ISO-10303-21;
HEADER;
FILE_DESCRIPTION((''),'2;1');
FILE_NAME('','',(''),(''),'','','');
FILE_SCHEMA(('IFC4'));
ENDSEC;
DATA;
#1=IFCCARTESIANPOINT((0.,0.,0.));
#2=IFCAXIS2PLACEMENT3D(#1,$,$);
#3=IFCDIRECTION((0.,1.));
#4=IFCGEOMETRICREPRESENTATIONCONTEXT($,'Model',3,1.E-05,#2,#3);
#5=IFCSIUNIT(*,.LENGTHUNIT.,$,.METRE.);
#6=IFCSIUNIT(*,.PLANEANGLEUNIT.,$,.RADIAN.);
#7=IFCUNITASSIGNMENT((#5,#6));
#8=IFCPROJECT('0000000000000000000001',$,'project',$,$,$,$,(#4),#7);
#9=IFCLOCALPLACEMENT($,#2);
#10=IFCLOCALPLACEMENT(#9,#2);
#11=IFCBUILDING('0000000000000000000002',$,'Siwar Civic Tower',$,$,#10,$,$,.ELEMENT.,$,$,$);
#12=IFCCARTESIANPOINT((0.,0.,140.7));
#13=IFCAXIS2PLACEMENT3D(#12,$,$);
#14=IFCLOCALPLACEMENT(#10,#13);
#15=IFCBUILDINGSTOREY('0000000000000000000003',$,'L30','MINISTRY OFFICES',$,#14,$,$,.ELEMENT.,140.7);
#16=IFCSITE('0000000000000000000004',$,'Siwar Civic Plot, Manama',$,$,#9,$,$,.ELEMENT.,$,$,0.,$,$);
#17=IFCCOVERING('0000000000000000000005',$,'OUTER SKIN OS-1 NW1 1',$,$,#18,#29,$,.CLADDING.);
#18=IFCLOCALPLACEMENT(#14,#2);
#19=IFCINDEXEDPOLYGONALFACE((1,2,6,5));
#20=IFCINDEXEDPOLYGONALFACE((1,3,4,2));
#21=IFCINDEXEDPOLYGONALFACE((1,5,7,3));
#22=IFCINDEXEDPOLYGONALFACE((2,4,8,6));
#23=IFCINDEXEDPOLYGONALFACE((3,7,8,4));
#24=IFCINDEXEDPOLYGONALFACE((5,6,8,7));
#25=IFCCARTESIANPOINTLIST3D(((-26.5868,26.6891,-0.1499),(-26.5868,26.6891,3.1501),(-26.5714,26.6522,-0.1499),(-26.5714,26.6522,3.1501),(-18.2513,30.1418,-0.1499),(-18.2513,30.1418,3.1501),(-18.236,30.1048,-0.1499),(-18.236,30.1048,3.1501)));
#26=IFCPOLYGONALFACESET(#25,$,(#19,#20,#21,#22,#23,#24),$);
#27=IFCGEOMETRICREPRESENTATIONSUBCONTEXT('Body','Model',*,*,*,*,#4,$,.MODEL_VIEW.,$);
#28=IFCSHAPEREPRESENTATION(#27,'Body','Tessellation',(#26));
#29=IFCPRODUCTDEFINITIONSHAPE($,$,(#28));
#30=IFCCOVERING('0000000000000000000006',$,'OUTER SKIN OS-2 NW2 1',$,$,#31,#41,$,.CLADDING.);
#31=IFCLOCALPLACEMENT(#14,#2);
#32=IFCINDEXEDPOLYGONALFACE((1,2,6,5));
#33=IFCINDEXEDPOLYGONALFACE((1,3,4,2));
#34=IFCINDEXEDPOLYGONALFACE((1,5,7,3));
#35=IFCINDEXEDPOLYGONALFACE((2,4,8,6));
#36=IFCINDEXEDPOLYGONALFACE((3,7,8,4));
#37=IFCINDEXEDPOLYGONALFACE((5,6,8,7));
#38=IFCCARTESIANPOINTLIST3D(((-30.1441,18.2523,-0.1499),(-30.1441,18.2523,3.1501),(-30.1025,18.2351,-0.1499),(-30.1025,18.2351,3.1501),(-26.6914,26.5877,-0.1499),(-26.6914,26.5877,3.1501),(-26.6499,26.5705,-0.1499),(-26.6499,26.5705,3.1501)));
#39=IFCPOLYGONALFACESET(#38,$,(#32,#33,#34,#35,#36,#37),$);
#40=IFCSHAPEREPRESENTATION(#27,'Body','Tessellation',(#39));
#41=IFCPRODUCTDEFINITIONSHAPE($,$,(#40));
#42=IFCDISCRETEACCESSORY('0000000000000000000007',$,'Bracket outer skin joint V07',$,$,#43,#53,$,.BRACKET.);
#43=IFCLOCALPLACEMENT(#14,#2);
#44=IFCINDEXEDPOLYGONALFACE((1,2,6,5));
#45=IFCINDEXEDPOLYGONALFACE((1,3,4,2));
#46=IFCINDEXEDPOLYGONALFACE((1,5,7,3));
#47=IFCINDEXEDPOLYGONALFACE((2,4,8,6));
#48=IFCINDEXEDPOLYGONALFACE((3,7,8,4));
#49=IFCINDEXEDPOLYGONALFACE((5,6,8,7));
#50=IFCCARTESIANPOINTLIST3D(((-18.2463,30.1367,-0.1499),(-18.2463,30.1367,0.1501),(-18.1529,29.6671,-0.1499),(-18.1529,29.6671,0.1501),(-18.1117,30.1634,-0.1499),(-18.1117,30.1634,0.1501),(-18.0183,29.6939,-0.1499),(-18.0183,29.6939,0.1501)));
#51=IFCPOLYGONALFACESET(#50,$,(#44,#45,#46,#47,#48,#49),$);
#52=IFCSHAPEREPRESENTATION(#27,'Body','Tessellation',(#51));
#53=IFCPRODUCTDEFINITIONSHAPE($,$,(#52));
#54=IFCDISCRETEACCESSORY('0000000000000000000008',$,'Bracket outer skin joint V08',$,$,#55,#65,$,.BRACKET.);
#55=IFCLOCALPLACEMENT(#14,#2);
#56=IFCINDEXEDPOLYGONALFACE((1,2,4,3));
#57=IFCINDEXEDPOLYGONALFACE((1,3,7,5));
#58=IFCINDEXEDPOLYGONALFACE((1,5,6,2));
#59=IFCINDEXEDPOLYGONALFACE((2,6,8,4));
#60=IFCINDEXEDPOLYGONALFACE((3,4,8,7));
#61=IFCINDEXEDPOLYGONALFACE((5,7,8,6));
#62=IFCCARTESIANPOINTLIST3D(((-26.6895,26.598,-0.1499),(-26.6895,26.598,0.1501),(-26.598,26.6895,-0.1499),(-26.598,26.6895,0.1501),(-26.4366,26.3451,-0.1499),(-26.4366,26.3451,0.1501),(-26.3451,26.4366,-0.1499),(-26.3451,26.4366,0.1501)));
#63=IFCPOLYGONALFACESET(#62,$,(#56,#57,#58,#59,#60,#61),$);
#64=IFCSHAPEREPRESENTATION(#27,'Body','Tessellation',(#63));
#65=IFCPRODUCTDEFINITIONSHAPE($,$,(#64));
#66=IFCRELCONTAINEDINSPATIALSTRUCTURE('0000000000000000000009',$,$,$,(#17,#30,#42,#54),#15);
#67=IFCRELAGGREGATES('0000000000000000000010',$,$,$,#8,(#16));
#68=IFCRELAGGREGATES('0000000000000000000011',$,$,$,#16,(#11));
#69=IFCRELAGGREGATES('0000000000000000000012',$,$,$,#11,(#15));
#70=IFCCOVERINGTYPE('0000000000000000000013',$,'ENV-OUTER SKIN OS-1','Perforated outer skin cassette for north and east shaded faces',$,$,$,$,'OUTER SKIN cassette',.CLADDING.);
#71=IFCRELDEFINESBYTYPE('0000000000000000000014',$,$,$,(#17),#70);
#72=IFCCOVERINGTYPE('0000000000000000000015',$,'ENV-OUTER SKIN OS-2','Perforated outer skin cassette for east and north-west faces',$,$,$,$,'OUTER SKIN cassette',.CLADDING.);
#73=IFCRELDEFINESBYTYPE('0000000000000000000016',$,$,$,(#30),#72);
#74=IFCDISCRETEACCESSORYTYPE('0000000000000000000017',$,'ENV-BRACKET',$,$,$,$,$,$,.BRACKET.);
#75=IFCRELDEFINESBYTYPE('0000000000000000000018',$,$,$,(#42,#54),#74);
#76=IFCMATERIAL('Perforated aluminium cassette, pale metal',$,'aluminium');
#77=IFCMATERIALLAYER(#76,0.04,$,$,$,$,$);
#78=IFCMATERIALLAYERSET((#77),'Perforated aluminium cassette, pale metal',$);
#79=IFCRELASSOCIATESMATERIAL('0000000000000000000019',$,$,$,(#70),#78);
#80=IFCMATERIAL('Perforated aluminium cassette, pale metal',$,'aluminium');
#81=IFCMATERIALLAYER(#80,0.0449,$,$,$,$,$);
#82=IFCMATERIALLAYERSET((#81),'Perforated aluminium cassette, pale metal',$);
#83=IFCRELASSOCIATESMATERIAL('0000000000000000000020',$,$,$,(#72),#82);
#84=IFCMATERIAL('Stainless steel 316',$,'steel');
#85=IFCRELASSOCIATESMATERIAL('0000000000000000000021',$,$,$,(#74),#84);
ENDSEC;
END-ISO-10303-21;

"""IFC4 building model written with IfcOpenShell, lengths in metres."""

from ifc_helpers import new_model, si_unit, direction, frame, origin, origin_2d, place, context, subcontext, project, spatial, rectangle, extrude, material, layer, layer_set, type_object, element, save


model = new_model("IFC4")

# Units and contexts
model_context = context("Model", 3, precision=1e-05, world=origin(), true_north=direction((0.0, 1.0)))
body_context = subcontext(model_context, "Body", "Model", "MODEL_VIEW")
ifc_project = project(units=[si_unit("LENGTHUNIT", "METRE"), si_unit("PLANEANGLEUNIT", "RADIAN")], contexts=[model_context])

# Site, building, storey
site_placement = place(None, origin())
site = spatial("IfcSite", under=ifc_project, at=site_placement, Name="Siwar Civic Plot, Manama", CompositionType="ELEMENT", RefElevation=0.0)
building_placement = place(site_placement, origin())
building = spatial("IfcBuilding", under=site, at=building_placement, Name="Siwar Civic Tower", CompositionType="ELEMENT")
storey_placement = place(building_placement, frame((0.0, 0.0, 140.7)))
storey = spatial("IfcBuildingStorey", under=building, at=storey_placement, Name="L30", Description="MINISTRY OFFICES", CompositionType="ELEMENT", Elevation=140.7)

# Coverings
ifc_material_1 = material(Name="Perforated aluminium cassette, pale metal", Category="aluminium")
ifc_layer_1 = layer(ifc_material_1, 0.04)
ifc_layer_set_1 = layer_set([ifc_layer_1], Name="Perforated aluminium cassette, pale metal")
covering_type_1 = type_object("IfcCoveringType", Name="ENV-OUTER SKIN OS-1", Description="Perforated outer skin cassette for north and east shaded faces", ElementType="OUTER SKIN cassette", PredefinedType="CLADDING", material=ifc_layer_set_1)
covering_1_placement = place(storey_placement, frame((-22.4114, 28.397, -0.1499), z_axis=(0.0, 0.0, 1.0), x_axis=(-0.92388, -0.382683, 0.0)))
element("IfcCovering", 1, at=covering_1_placement, inside=storey, type_object=covering_type_1, Name="OUTER SKIN OS-1 NW1 1", PredefinedType="CLADDING", context=body_context, shape_type="SweptSolid", body=[
    extrude(rectangle(XDim=9.0222, YDim=0.04, at=origin_2d()), origin(), (0.0, 0.0, 1.0), 3.3),
])
ifc_material_2 = material(Name="Perforated aluminium cassette, pale metal", Category="aluminium")
ifc_layer_2 = layer(ifc_material_2, 0.0449)
ifc_layer_set_2 = layer_set([ifc_layer_2], Name="Perforated aluminium cassette, pale metal")
covering_type_2 = type_object("IfcCoveringType", Name="ENV-OUTER SKIN OS-2", Description="Perforated outer skin cassette for east and north-west faces", ElementType="OUTER SKIN cassette", PredefinedType="CLADDING", material=ifc_layer_set_2)
covering_2_placement = place(storey_placement, frame((-28.397, 22.4114, -0.1499), z_axis=(0.0, 0.0, 1.0), x_axis=(-0.382683, -0.92388, 0.0)))
element("IfcCovering", 2, at=covering_2_placement, inside=storey, type_object=covering_type_2, Name="OUTER SKIN OS-2 NW2 1", PredefinedType="CLADDING", context=body_context, shape_type="SweptSolid", body=[
    extrude(rectangle(XDim=9.0222, YDim=0.0449, at=origin_2d()), origin(), (0.0, 0.0, 1.0), 3.3),
])

# Discrete accessories
ifc_material_3 = material(Name="Stainless steel 316", Category="steel")
discrete_accessory_type = type_object("IfcDiscreteAccessoryType", Name="ENV-BRACKET", PredefinedType="BRACKET", material=ifc_material_3)
discrete_accessory_1_placement = place(storey_placement, frame((-18.1323, 29.9153, -0.1499), z_axis=(0.0, 0.0, 1.0), x_axis=(-0.19509, 0.980785, 0.0)))
element("IfcDiscreteAccessory", 3, at=discrete_accessory_1_placement, inside=storey, type_object=discrete_accessory_type, Name="Bracket outer skin joint V07", PredefinedType="BRACKET", context=body_context, shape_type="SweptSolid", body=[
    extrude(rectangle(XDim=0.4788, YDim=0.1372, at=origin_2d()), origin(), (0.0, 0.0, 1.0), 0.3),
])
discrete_accessory_2_placement = place(storey_placement, frame((-26.5173, 26.5173, -0.1499), z_axis=(0.0, 0.0, 1.0), x_axis=(-0.707107, 0.707107, 0.0)))
element("IfcDiscreteAccessory", 4, at=discrete_accessory_2_placement, inside=storey, type_object=discrete_accessory_type, Name="Bracket outer skin joint V08", PredefinedType="BRACKET", context=body_context, shape_type="SweptSolid", body=[
    extrude(rectangle(XDim=0.3577, YDim=0.1294, at=origin_2d()), origin(), (0.0, 0.0, 1.0), 0.3),
])

save(model, "model.ifc")
